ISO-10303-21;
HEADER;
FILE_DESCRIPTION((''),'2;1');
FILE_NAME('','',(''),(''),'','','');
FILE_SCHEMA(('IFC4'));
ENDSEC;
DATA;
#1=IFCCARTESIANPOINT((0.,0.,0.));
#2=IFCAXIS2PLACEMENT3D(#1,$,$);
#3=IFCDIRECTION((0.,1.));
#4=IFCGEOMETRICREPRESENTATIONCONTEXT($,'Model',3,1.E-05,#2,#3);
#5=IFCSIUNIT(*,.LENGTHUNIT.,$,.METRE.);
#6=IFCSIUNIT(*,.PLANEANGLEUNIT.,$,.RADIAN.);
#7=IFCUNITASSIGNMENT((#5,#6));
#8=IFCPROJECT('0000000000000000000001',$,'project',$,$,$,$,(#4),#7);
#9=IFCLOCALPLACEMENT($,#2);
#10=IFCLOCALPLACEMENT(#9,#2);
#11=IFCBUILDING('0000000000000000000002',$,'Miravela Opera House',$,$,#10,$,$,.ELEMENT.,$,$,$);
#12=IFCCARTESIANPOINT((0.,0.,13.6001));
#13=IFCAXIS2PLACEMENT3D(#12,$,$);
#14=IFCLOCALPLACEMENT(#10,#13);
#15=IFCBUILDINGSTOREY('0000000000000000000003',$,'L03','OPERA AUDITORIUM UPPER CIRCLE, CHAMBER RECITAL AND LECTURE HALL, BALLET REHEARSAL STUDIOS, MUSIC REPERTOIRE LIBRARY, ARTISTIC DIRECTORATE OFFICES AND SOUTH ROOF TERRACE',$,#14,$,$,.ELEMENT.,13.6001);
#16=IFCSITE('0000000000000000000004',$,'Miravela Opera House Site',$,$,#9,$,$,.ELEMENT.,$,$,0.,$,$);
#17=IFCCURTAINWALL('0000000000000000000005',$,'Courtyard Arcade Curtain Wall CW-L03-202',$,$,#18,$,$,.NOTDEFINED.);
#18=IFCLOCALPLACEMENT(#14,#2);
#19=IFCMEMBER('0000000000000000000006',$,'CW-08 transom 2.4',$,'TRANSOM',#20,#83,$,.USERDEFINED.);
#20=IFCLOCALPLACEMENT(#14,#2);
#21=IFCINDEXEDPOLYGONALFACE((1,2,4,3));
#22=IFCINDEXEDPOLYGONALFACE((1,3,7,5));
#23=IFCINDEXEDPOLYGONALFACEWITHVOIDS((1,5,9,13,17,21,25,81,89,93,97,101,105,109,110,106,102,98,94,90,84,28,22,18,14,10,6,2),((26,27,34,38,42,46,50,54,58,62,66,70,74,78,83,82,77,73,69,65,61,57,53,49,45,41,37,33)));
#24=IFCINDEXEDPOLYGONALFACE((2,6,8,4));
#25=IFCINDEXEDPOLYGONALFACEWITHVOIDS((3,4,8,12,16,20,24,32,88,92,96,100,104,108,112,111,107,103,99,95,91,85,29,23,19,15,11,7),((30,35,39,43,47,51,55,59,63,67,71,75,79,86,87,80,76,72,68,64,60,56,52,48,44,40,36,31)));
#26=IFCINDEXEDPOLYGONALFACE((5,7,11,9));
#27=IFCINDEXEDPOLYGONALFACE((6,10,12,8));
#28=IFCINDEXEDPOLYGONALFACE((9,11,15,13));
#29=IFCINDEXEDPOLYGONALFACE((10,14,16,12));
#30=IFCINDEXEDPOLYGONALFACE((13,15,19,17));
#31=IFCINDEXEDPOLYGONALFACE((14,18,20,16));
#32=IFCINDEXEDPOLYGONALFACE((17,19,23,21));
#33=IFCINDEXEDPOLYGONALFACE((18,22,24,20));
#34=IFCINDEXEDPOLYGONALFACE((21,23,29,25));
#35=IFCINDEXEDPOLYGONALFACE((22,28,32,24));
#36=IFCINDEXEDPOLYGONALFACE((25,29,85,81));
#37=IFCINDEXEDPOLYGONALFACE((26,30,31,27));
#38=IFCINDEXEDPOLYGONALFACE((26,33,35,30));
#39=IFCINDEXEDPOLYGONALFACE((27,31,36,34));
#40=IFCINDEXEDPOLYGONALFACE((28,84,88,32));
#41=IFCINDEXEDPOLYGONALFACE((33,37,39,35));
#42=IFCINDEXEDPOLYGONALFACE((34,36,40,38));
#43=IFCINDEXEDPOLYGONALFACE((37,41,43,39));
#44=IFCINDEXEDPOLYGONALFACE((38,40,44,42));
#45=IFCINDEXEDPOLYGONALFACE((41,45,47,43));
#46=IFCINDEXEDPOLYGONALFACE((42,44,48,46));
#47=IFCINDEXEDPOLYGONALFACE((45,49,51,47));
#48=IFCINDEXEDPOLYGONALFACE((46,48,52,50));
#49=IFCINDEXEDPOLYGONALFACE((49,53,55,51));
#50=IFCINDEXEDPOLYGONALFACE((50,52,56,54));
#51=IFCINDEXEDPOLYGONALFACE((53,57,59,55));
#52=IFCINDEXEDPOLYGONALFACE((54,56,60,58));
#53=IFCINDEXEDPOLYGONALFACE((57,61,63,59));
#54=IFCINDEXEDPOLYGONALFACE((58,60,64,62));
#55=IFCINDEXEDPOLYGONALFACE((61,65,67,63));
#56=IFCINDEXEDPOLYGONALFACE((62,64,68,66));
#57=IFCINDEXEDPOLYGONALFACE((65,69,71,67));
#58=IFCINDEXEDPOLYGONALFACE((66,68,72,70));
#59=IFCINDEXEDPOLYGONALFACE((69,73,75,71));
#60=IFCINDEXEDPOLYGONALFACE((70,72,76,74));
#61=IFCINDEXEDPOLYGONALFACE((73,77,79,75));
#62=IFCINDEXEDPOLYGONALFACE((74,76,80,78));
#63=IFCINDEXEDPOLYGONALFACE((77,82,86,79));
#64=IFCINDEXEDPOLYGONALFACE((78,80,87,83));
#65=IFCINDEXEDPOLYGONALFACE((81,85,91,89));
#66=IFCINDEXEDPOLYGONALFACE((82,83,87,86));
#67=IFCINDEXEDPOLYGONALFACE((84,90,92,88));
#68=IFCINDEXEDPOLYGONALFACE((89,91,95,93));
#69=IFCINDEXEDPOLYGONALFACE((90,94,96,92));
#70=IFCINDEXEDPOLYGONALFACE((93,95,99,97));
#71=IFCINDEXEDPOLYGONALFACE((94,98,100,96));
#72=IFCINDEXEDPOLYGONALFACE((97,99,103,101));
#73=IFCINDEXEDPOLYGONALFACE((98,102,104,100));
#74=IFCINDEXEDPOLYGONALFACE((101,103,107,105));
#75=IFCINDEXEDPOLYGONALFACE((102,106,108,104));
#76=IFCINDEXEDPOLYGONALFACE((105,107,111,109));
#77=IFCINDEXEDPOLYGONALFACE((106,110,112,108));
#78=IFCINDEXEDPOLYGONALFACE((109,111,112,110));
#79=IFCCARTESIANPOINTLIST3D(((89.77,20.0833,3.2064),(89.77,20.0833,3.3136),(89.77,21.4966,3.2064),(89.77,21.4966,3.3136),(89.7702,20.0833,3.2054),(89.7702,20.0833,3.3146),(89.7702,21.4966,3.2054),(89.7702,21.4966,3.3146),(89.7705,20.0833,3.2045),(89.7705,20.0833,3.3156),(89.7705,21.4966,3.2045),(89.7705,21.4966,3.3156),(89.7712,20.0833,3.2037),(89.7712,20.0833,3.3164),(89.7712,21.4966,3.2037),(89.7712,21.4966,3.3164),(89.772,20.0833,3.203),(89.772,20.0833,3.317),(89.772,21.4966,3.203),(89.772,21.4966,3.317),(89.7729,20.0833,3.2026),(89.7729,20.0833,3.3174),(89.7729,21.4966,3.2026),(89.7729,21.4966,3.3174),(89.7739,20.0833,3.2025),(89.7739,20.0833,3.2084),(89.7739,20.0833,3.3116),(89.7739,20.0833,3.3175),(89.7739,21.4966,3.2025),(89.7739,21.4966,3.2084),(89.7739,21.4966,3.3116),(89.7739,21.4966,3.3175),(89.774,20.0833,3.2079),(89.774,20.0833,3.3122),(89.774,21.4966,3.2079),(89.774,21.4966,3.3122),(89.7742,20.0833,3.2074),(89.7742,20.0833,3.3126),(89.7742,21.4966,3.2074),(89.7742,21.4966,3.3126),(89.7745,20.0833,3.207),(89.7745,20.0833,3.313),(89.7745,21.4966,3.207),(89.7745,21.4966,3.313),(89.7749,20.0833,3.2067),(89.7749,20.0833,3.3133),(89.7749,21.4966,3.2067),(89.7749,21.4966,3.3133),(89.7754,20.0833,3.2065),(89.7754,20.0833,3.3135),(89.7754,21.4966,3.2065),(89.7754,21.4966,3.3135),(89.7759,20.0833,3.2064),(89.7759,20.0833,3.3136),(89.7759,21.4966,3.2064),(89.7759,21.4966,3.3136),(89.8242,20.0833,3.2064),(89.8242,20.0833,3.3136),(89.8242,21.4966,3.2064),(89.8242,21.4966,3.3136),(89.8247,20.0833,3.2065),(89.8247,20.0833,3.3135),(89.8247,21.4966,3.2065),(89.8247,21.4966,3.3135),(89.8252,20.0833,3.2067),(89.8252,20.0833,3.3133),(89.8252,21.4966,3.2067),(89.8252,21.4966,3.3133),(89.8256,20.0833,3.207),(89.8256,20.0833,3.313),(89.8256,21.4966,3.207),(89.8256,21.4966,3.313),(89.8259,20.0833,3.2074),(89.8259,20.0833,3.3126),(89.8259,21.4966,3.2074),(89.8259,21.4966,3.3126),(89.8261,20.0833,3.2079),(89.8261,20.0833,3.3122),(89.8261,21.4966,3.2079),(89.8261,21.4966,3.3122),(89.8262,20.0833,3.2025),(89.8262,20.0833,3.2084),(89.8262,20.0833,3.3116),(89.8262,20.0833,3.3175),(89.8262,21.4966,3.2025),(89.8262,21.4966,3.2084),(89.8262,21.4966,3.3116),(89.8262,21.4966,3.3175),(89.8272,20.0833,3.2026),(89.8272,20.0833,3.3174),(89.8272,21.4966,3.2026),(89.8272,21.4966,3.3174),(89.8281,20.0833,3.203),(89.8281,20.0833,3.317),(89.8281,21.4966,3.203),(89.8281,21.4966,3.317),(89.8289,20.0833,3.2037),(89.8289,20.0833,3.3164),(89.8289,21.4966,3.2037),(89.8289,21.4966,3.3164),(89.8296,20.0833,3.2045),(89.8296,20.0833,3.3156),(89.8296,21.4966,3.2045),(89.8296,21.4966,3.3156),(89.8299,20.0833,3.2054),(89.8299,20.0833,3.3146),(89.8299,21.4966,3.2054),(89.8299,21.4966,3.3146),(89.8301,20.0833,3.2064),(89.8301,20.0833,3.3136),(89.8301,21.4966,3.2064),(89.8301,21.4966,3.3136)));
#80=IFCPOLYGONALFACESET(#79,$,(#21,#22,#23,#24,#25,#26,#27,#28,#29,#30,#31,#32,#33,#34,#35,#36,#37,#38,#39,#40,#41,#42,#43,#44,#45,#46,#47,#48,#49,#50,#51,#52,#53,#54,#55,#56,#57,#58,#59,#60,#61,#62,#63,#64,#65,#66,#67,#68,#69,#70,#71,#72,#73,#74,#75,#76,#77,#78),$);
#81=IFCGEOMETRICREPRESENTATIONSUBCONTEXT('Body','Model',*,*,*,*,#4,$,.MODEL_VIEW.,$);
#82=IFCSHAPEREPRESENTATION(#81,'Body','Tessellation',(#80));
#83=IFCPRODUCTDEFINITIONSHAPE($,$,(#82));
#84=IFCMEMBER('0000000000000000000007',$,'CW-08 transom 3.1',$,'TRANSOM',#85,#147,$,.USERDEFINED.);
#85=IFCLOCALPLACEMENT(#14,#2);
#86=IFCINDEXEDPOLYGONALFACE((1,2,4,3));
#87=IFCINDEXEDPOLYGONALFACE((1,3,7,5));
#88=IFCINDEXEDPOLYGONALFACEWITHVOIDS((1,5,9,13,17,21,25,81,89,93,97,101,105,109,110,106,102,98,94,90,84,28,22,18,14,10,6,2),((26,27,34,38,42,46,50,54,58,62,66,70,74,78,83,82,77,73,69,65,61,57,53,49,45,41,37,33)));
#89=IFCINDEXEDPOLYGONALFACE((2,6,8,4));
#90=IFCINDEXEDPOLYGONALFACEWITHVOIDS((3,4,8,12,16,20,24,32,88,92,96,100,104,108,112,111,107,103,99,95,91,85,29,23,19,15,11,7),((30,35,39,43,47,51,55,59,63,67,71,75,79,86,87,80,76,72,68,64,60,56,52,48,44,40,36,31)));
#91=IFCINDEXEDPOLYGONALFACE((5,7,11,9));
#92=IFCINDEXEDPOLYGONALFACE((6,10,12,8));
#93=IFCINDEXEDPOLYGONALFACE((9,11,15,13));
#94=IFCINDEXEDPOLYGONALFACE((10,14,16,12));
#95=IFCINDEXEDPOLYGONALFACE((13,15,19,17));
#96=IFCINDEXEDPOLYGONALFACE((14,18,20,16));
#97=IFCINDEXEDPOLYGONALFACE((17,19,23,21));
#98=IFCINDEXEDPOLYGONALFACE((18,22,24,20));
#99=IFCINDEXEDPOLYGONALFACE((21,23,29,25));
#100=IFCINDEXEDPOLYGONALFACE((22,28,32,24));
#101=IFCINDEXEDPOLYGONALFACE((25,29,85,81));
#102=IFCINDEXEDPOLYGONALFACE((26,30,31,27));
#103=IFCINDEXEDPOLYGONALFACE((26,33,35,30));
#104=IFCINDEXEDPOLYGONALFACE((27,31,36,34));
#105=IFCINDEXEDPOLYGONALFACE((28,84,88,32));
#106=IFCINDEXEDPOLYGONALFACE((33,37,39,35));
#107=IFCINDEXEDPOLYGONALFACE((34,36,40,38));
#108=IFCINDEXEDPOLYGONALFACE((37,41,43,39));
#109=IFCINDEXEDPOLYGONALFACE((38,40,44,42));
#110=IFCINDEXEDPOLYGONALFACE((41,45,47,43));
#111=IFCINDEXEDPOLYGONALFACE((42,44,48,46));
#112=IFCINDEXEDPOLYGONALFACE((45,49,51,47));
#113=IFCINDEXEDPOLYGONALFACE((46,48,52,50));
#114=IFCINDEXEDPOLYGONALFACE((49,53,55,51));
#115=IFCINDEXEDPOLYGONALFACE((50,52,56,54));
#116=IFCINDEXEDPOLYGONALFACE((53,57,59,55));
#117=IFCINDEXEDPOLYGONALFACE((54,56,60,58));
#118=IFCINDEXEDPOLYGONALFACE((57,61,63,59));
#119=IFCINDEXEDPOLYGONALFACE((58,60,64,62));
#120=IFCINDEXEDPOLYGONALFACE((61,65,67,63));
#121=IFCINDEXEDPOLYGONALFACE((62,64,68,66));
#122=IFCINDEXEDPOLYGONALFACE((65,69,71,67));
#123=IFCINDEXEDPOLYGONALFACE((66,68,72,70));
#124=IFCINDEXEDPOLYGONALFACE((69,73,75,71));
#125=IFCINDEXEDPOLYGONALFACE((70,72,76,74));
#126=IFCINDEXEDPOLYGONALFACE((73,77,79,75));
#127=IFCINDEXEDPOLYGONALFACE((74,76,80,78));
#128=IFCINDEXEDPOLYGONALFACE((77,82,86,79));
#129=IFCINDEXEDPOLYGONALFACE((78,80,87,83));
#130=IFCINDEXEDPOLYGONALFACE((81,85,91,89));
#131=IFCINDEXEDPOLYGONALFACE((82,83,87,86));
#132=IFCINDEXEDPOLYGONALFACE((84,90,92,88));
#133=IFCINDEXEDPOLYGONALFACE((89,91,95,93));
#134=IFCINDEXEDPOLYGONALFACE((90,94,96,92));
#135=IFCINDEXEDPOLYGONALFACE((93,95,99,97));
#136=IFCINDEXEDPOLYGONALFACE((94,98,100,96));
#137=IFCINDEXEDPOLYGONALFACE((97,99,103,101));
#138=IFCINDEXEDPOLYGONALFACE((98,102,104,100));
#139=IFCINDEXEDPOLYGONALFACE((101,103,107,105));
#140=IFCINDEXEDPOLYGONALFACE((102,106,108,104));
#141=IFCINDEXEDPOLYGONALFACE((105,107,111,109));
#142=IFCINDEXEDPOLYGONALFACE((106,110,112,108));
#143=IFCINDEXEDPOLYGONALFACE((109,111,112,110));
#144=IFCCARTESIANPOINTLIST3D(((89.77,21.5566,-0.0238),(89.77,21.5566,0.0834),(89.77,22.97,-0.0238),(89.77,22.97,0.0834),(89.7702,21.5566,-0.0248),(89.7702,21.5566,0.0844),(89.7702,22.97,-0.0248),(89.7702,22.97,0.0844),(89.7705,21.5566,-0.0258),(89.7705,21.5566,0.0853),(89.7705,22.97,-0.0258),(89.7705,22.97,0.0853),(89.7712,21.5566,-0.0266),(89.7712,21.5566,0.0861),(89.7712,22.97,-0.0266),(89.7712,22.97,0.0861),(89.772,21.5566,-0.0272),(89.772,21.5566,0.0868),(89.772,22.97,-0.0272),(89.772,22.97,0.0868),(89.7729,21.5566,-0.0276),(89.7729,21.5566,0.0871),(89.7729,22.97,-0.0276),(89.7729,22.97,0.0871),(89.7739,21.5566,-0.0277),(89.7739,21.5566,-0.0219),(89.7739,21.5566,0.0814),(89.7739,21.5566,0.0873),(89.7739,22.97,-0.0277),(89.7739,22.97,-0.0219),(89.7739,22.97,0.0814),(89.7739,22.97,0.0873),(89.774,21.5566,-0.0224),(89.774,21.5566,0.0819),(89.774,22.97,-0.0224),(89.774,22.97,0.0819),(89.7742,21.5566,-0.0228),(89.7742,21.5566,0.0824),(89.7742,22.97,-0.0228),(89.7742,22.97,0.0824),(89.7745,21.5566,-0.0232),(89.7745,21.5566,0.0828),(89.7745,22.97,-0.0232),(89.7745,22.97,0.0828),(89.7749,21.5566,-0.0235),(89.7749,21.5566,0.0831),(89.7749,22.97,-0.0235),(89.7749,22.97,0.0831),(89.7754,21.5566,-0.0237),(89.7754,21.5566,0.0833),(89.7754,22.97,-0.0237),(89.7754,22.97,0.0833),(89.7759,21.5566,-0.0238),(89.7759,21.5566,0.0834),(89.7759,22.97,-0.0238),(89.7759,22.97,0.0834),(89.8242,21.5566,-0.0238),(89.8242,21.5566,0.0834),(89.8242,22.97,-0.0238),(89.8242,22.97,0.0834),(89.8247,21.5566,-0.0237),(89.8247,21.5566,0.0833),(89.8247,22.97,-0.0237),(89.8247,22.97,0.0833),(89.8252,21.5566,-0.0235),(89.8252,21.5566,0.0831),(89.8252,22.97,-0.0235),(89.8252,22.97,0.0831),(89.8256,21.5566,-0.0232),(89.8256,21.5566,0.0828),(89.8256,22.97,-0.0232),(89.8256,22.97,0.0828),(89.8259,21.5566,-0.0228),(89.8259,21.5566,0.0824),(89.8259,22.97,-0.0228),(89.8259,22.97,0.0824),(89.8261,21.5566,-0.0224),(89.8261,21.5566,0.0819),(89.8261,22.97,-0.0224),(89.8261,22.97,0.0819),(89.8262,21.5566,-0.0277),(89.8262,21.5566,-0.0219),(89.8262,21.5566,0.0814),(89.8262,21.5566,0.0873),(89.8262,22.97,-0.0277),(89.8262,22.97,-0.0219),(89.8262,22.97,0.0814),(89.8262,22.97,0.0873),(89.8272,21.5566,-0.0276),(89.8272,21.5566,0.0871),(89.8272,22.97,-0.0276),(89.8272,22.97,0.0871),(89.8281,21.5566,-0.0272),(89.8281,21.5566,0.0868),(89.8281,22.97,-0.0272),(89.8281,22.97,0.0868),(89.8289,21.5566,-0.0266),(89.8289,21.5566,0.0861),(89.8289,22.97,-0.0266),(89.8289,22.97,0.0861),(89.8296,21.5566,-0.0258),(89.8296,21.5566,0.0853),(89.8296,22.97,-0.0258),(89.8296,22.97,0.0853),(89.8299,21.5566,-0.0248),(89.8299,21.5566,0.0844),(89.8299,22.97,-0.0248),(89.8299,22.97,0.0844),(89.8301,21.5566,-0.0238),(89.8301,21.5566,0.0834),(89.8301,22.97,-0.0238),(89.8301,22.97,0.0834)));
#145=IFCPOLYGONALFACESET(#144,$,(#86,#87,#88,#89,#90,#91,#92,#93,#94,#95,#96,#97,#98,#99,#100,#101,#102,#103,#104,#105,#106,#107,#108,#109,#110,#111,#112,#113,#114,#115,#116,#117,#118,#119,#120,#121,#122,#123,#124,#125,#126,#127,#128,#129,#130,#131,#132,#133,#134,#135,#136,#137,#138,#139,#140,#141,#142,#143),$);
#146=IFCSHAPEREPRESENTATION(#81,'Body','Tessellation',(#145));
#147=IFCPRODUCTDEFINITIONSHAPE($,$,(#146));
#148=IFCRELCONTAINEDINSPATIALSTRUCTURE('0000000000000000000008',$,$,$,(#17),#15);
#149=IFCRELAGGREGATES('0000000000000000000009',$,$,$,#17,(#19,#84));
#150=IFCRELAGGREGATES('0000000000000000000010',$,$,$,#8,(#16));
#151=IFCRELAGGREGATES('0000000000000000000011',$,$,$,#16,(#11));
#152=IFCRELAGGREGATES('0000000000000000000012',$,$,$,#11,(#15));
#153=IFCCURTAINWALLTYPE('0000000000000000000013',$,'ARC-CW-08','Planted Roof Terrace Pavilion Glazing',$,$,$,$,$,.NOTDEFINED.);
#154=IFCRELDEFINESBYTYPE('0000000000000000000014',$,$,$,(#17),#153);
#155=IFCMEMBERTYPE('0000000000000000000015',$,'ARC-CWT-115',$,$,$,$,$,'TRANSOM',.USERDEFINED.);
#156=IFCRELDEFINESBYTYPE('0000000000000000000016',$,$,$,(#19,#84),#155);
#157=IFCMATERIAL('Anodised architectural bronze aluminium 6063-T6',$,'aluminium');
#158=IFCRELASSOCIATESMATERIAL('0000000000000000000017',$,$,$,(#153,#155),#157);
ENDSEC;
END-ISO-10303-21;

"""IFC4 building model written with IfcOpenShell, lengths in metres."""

from ifc_helpers import new_model, si_unit, direction, frame, origin, origin_2d, place, context, subcontext, project, spatial, hollow_rectangle, extrude, material, material_profile, profile_set, type_object, element, aggregate, save


model = new_model("IFC4")

# Units and contexts
model_context = context("Model", 3, precision=1e-05, world=origin(), true_north=direction((0.0, 1.0)))
body_context = subcontext(model_context, "Body", "Model", "MODEL_VIEW")
ifc_project = project(units=[si_unit("LENGTHUNIT", "METRE"), si_unit("PLANEANGLEUNIT", "RADIAN")], contexts=[model_context])

# Site, building, storey
site_placement = place(None, origin())
site = spatial("IfcSite", under=ifc_project, at=site_placement, Name="Miravela Opera House Site", CompositionType="ELEMENT", RefElevation=0.0)
building_placement = place(site_placement, origin())
building = spatial("IfcBuilding", under=site, at=building_placement, Name="Miravela Opera House", CompositionType="ELEMENT")
storey_placement = place(building_placement, frame((0.0, 0.0, 13.6001)))
storey = spatial("IfcBuildingStorey", under=building, at=storey_placement, Name="L03", Description="OPERA AUDITORIUM UPPER CIRCLE, CHAMBER RECITAL AND LECTURE HALL, BALLET REHEARSAL STUDIOS, MUSIC REPERTOIRE LIBRARY, ARTISTIC DIRECTORATE OFFICES AND SOUTH ROOF TERRACE", CompositionType="ELEMENT", Elevation=13.6001)

# Curtain wall
ifc_material_1 = material(Name="Anodised architectural bronze aluminium 6063-T6", Category="aluminium")
curtain_wall_type = type_object("IfcCurtainWallType", Name="ARC-CW-08", Description="Planted Roof Terrace Pavilion Glazing", PredefinedType="NOTDEFINED", material=ifc_material_1)
curtain_wall_1_placement = place(storey_placement, origin())
curtain_wall_1 = element("IfcCurtainWall", 1, at=curtain_wall_1_placement, inside=storey, type_object=curtain_wall_type, Name="Courtyard Arcade Curtain Wall CW-L03-202", PredefinedType="NOTDEFINED")

# Members
ifc_material_profile_1 = material_profile(ifc_material_1, hollow_rectangle(XDim=0.0601, YDim=0.115, WallThickness=0.0039, InnerFilletRadius=0.002, OuterFilletRadius=0.0039, at=origin_2d()), Name="CWT-60X115")
ifc_profile_set_1 = profile_set([ifc_material_profile_1])
member_type_1 = type_object("IfcMemberType", Name="ARC-CWT-115", ElementType="TRANSOM", PredefinedType="USERDEFINED", material=ifc_profile_set_1)
member_1_placement = place(storey_placement, frame((89.8, 20.0833, 3.26), z_axis=(0.0, 1.0, 0.0), x_axis=(-1.0, 0.0, 0.0)))
member_1 = element("IfcMember", 2, at=member_1_placement, type_object=member_type_1, Name="CW-08 transom 2.4", ObjectType="TRANSOM", PredefinedType="USERDEFINED", context=body_context, shape_type="SweptSolid", body=[
    extrude(hollow_rectangle(XDim=0.0601, YDim=0.115, WallThickness=0.0039, InnerFilletRadius=0.002, OuterFilletRadius=0.0039, at=origin_2d()), origin(), (0.0, 0.0, 1.0), 1.4133),
])
member_2_placement = place(storey_placement, frame((89.8, 21.5566, 0.0298), z_axis=(0.0, 1.0, 0.0), x_axis=(-1.0, 0.0, 0.0)))
member_2 = element("IfcMember", 3, at=member_2_placement, type_object=member_type_1, Name="CW-08 transom 3.1", ObjectType="TRANSOM", PredefinedType="USERDEFINED", context=body_context, shape_type="SweptSolid", body=[
    extrude(hollow_rectangle(XDim=0.0601, YDim=0.115, WallThickness=0.0039, InnerFilletRadius=0.002, OuterFilletRadius=0.0039, at=origin_2d()), origin(), (0.0, 0.0, 1.0), 1.4133),
])

aggregate(curtain_wall_1, [member_1, member_2])

save(model, "model.ifc")
